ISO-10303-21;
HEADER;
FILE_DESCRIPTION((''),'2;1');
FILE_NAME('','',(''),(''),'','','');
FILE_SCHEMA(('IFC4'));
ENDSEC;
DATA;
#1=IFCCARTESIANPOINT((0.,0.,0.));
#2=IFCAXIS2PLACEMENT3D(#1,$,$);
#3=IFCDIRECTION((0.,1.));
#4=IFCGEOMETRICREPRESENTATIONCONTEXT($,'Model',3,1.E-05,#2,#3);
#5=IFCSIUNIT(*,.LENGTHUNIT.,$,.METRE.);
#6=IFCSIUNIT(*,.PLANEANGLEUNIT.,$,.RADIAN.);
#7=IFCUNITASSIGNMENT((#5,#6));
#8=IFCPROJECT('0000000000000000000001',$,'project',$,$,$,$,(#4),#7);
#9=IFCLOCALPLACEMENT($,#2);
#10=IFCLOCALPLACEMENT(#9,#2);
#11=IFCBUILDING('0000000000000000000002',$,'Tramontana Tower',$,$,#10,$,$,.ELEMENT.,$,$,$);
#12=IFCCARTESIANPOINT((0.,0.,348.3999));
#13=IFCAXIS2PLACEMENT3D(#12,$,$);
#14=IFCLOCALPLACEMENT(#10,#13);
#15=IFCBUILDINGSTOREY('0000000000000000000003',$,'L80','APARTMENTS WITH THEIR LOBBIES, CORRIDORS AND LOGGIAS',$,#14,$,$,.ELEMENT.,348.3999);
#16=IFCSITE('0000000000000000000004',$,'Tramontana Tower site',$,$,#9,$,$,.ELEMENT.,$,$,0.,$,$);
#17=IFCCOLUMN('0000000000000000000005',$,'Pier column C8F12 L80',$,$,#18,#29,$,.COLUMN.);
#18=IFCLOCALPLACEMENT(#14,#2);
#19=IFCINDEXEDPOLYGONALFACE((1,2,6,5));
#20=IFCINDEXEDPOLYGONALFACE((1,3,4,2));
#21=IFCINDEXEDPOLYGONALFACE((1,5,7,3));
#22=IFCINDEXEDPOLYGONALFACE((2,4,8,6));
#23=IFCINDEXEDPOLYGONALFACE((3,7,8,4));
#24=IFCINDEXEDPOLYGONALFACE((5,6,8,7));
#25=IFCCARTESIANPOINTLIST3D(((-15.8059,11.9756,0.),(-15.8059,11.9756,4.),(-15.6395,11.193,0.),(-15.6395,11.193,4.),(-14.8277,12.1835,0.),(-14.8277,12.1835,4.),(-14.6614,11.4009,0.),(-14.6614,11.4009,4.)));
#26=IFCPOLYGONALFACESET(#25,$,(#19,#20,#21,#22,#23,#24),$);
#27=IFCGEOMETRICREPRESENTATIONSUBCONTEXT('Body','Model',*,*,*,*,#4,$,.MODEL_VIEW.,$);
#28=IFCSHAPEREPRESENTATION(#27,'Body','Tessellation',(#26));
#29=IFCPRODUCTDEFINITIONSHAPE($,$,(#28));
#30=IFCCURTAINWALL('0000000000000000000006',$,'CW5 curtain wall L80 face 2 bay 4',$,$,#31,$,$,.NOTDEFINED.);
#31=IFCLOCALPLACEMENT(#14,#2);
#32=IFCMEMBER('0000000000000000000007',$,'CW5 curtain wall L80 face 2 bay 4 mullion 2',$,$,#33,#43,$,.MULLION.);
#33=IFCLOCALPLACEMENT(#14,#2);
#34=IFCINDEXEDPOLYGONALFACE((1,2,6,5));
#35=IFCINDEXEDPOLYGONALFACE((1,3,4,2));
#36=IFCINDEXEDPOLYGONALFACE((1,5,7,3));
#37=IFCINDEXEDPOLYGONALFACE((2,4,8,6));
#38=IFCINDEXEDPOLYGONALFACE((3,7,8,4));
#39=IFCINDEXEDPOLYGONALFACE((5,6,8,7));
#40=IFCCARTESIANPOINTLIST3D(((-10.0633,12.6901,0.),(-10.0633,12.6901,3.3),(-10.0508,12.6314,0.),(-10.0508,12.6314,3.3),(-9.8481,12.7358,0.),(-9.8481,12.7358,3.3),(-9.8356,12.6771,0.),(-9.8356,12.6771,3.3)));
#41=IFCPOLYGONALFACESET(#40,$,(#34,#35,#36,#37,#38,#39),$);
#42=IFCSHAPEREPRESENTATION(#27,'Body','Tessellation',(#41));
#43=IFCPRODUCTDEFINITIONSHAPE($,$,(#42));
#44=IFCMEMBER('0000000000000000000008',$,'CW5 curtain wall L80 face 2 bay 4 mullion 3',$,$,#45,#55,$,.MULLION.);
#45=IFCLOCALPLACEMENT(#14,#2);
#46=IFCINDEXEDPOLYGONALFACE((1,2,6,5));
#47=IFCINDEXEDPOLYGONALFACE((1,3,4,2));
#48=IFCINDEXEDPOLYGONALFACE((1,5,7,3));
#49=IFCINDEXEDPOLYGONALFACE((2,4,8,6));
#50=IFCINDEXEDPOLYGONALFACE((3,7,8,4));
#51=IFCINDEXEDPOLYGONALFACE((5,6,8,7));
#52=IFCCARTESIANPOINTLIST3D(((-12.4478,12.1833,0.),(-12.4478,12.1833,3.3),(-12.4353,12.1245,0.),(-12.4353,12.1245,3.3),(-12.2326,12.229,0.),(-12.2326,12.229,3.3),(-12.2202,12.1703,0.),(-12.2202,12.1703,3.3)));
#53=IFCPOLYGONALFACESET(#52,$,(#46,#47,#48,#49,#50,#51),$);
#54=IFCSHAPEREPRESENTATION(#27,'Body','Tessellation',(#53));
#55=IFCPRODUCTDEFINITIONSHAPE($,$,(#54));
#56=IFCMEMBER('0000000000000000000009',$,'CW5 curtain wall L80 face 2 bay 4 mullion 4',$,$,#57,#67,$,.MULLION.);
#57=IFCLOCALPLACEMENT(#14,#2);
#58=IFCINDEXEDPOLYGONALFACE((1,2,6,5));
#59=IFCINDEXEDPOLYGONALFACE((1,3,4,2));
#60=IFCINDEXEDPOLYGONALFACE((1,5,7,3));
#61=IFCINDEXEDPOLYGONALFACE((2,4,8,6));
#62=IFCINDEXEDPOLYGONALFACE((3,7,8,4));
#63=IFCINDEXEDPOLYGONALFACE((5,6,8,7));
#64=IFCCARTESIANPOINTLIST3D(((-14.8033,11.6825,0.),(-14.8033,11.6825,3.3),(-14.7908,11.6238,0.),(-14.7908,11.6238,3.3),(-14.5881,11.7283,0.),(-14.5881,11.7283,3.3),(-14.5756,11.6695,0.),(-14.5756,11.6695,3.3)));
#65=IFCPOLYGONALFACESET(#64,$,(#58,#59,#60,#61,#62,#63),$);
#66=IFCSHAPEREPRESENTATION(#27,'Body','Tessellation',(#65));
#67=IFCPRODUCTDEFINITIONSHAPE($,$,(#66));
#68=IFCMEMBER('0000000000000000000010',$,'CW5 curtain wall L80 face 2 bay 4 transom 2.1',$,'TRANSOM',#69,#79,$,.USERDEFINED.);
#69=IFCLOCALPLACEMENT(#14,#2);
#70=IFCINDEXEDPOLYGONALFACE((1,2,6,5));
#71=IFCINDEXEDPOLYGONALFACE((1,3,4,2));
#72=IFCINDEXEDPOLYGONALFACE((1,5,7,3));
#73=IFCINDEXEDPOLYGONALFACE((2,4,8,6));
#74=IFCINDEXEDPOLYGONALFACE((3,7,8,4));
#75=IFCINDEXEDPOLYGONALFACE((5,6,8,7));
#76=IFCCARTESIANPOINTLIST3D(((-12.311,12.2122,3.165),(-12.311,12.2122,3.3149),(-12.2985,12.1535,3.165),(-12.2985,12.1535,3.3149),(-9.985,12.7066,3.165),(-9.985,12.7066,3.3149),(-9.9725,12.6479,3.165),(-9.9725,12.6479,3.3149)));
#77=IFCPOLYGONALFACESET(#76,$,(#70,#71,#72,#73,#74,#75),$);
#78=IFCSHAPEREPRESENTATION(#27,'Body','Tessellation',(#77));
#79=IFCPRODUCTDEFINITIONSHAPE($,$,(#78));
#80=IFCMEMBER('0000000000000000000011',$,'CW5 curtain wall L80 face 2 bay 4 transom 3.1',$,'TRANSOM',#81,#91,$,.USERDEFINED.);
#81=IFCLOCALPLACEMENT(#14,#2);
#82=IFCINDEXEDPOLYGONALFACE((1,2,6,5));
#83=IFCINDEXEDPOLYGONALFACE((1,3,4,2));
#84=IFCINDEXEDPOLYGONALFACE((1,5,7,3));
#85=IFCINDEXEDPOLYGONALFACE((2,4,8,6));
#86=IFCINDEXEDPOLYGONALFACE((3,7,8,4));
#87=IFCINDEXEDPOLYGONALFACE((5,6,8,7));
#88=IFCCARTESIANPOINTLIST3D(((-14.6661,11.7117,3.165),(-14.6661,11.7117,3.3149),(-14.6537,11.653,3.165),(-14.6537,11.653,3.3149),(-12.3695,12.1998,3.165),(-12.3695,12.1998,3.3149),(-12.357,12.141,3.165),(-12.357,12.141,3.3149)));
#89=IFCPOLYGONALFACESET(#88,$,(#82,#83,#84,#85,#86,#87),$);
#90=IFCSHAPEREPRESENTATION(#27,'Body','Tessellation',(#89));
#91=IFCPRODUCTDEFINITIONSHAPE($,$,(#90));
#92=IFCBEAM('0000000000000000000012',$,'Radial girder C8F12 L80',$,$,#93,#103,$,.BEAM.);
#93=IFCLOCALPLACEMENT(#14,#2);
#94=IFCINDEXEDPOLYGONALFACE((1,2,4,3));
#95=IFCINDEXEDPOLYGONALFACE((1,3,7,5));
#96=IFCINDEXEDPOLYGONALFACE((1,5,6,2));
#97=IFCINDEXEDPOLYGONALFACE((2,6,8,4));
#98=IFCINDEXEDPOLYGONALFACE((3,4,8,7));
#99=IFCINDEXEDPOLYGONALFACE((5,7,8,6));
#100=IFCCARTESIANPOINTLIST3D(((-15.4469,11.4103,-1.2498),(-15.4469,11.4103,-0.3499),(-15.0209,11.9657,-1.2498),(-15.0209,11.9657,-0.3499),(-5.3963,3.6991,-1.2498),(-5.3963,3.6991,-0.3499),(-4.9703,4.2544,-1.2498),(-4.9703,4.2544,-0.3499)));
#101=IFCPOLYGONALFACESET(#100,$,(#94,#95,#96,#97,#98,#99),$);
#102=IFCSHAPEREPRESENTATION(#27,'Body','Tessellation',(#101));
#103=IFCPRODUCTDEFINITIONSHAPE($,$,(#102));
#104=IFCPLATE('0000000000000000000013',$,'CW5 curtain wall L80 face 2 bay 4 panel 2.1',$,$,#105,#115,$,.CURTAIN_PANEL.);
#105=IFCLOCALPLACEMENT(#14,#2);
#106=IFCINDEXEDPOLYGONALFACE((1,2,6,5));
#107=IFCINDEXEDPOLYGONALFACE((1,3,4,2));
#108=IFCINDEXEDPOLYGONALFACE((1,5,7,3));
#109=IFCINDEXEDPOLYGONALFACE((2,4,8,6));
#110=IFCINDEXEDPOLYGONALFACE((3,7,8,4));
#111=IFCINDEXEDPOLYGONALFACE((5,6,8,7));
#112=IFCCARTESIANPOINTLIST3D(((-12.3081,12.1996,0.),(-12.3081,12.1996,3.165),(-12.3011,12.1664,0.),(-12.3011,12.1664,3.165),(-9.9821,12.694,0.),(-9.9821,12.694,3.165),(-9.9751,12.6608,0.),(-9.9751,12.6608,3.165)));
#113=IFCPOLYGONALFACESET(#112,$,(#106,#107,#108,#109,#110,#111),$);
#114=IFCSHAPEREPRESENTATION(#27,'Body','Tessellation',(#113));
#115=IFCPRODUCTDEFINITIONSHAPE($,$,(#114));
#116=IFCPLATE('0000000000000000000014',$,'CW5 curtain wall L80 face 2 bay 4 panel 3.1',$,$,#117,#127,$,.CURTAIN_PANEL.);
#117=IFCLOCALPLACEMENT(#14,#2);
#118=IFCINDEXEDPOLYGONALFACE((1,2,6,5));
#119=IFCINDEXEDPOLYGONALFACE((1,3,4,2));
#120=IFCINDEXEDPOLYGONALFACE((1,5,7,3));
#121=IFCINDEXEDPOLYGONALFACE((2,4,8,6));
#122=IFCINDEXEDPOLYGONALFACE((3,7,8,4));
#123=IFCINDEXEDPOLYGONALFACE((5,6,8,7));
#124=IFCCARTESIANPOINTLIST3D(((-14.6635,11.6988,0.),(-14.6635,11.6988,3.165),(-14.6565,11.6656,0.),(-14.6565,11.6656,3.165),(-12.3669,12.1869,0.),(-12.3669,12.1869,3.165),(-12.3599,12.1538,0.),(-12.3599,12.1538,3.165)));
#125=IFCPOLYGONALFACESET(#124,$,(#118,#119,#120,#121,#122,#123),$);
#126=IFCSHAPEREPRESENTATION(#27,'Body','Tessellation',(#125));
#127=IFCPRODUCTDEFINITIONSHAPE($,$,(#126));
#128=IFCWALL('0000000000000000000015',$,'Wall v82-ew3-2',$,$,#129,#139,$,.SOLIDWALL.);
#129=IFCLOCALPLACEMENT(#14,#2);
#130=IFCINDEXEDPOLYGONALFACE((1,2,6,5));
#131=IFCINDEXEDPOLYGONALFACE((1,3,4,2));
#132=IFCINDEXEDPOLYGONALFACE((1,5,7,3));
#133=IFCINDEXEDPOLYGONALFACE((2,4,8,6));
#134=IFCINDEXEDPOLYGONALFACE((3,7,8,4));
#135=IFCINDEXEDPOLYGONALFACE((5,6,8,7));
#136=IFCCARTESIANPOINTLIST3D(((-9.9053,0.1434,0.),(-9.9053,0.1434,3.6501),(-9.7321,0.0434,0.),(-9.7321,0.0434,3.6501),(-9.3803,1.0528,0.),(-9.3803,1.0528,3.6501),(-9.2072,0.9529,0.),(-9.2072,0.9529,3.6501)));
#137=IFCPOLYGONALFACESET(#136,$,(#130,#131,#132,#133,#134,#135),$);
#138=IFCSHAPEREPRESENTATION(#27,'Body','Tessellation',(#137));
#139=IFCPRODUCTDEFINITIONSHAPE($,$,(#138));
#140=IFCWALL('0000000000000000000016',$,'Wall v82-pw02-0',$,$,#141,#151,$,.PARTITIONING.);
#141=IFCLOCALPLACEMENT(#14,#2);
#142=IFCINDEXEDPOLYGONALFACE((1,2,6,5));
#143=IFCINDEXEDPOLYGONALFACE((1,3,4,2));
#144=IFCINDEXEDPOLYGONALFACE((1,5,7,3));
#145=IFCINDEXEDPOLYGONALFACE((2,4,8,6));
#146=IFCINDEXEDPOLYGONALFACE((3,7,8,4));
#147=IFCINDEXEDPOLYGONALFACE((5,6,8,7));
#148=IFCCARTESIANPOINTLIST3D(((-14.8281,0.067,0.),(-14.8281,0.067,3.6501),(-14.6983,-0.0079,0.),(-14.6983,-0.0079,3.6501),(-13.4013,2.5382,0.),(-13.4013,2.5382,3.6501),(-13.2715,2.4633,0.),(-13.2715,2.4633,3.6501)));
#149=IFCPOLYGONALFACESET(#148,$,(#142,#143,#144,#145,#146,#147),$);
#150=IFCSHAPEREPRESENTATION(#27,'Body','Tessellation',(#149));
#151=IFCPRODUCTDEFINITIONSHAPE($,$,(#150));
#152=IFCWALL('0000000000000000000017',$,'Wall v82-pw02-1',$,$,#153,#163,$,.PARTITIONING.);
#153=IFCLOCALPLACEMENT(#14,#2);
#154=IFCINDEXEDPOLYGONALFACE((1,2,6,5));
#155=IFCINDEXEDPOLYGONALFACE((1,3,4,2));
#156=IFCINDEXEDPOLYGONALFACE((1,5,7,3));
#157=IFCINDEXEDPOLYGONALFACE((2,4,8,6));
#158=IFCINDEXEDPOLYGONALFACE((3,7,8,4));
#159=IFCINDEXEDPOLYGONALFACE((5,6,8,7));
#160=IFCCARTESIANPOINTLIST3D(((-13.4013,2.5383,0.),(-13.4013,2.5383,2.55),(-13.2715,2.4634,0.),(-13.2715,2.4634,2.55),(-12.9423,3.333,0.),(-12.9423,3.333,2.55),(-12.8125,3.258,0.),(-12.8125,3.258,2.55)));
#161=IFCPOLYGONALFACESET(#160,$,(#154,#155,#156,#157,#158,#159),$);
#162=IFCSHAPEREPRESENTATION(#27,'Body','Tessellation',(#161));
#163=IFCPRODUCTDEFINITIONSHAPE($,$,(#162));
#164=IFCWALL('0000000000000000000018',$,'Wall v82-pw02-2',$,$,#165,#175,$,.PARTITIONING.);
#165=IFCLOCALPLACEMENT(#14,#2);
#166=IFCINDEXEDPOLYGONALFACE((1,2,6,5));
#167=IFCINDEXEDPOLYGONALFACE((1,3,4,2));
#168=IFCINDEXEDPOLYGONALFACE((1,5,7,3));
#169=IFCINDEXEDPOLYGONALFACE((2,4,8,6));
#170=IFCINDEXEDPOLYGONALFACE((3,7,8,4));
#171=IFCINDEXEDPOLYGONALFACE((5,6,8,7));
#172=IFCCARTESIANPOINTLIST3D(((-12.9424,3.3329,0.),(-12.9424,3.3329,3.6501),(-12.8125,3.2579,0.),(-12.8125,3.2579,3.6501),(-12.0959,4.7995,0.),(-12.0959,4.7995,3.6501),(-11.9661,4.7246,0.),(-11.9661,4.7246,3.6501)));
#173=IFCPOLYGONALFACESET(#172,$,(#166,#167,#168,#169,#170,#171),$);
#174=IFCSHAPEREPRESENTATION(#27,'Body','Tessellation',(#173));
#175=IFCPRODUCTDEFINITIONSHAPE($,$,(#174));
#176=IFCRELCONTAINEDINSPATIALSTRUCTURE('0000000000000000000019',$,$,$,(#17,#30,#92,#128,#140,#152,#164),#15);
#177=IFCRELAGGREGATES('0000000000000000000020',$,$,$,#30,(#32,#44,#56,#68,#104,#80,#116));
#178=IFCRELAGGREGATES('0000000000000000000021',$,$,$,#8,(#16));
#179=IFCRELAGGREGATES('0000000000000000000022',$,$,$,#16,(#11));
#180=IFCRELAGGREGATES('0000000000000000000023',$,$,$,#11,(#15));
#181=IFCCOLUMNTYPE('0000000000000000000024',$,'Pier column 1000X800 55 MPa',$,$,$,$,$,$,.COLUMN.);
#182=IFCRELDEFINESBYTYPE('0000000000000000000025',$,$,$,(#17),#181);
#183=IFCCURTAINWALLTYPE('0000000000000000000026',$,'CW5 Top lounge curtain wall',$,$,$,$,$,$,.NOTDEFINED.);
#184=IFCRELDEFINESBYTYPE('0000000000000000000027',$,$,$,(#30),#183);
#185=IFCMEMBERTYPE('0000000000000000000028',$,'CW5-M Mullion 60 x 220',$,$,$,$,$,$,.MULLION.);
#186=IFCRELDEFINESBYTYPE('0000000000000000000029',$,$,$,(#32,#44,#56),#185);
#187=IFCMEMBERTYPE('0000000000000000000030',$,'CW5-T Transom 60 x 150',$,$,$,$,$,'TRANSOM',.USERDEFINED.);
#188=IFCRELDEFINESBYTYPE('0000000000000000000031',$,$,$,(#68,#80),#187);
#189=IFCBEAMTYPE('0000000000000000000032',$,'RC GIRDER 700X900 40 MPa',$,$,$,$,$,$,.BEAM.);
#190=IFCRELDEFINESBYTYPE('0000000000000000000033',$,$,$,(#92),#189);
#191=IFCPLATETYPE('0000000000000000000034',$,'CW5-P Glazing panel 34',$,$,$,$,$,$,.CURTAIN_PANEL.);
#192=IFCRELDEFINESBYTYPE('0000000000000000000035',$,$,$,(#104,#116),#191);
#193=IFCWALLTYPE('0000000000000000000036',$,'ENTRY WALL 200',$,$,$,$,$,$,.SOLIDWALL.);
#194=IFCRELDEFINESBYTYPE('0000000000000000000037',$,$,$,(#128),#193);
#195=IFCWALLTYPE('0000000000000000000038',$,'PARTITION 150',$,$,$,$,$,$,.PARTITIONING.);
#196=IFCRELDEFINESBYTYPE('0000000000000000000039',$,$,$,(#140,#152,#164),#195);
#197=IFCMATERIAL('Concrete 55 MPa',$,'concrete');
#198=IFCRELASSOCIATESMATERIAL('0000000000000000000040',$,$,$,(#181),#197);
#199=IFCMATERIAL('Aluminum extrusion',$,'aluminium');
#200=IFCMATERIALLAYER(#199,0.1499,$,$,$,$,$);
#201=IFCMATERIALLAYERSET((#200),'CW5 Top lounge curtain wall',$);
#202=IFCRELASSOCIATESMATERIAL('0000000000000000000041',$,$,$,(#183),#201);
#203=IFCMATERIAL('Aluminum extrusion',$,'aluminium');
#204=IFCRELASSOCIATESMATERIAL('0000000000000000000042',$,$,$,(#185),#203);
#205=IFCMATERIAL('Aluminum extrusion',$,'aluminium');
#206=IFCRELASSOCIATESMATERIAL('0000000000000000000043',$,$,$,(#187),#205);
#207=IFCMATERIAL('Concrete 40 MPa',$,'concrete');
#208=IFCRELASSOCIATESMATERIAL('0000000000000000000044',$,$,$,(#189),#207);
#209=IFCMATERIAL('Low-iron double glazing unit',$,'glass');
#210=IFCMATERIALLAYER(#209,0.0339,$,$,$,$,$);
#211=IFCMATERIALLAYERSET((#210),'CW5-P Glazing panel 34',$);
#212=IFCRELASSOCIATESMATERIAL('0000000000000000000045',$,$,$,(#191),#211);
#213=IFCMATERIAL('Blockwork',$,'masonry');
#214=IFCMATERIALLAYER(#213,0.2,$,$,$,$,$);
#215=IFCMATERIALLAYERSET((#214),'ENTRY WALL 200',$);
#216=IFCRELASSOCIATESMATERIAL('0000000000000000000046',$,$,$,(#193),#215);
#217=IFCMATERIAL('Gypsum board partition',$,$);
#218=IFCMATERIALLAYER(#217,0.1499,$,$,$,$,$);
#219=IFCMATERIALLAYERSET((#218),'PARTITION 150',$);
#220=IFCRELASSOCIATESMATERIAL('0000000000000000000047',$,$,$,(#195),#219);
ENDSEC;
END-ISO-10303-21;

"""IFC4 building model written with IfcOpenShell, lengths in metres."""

from ifc_helpers import new_model, si_unit, direction, frame, frame_2d, origin, origin_2d, place, context, subcontext, project, spatial, rectangle, extrude, material, layer, layer_set, material_profile, profile_set, type_object, element, aggregate, save


model = new_model("IFC4")

# Units and contexts
model_context = context("Model", 3, precision=1e-05, world=origin(), true_north=direction((0.0, 1.0)))
body_context = subcontext(model_context, "Body", "Model", "MODEL_VIEW")
ifc_project = project(units=[si_unit("LENGTHUNIT", "METRE"), si_unit("PLANEANGLEUNIT", "RADIAN")], contexts=[model_context])

# Site, building, storey
site_placement = place(None, origin())
site = spatial("IfcSite", under=ifc_project, at=site_placement, Name="Tramontana Tower site", CompositionType="ELEMENT", RefElevation=0.0)
building_placement = place(site_placement, origin())
building = spatial("IfcBuilding", under=site, at=building_placement, Name="Tramontana Tower", CompositionType="ELEMENT")
storey_placement = place(building_placement, frame((0.0, 0.0, 348.3999)))
storey = spatial("IfcBuildingStorey", under=building, at=storey_placement, Name="L80", Description="APARTMENTS WITH THEIR LOBBIES, CORRIDORS AND LOGGIAS", CompositionType="ELEMENT", Elevation=348.3999)

# Column
ifc_material_1 = material(Name="Concrete 55 MPa", Category="concrete")
ifc_material_profile_1 = material_profile(ifc_material_1, rectangle(XDim=1.0, YDim=0.8, at=origin_2d()), Name="Pier column 1000X800 55 MPa")
ifc_profile_set_1 = profile_set([ifc_material_profile_1], Name="Concrete 55 MPa")
column_type = type_object("IfcColumnType", Name="Pier column 1000X800 55 MPa", PredefinedType="COLUMN", material=ifc_profile_set_1)
column_placement = place(storey_placement, frame((-15.2336, 11.6882, 0.0), z_axis=(0.0, 0.0, 1.0), x_axis=(-0.978148, -0.207912, 0.0)))
element("IfcColumn", 1, at=column_placement, inside=storey, type_object=column_type, Name="Pier column C8F12 L80", PredefinedType="COLUMN", context=body_context, shape_type="SweptSolid", body=[
    extrude(rectangle(XDim=1.0, YDim=0.8, at=origin_2d()), origin(), (0.0, 0.0, 1.0), 4.0),
])

# Curtain wall, members
ifc_material_2 = material(Name="Aluminum extrusion", Category="aluminium")
ifc_layer_1 = layer(ifc_material_2, 0.1499)
ifc_layer_set_1 = layer_set([ifc_layer_1], Name="CW5 Top lounge curtain wall")
curtain_wall_type = type_object("IfcCurtainWallType", Name="CW5 Top lounge curtain wall", PredefinedType="NOTDEFINED", material=ifc_layer_set_1)
curtain_wall_placement = place(storey_placement, origin())
curtain_wall = element("IfcCurtainWall", 2, at=curtain_wall_placement, inside=storey, type_object=curtain_wall_type, Name="CW5 curtain wall L80 face 2 bay 4", PredefinedType="NOTDEFINED")
ifc_material_3 = material(Name="Aluminum extrusion", Category="aluminium")
ifc_material_profile_2 = material_profile(ifc_material_3, rectangle(XDim=0.0601, YDim=0.22, at=origin_2d()), Name="CW5-M Mullion 60 x 220")
ifc_profile_set_2 = profile_set([ifc_material_profile_2], Name="Aluminum extrusion")
member_type_1 = type_object("IfcMemberType", Name="CW5-M Mullion 60 x 220", PredefinedType="MULLION", material=ifc_profile_set_2)
member_1_placement = place(storey_placement, frame((-9.9495, 12.6836, 0.0), z_axis=(0.0, 0.0, 1.0), x_axis=(0.207912, -0.978148, 0.0)))
member_1 = element("IfcMember", 3, at=member_1_placement, type_object=member_type_1, Name="CW5 curtain wall L80 face 2 bay 4 mullion 2", PredefinedType="MULLION", context=body_context, shape_type="SweptSolid", body=[
    extrude(rectangle(XDim=0.0601, YDim=0.22, at=origin_2d()), origin(), (0.0, 0.0, 1.0), 3.3),
])
member_2_placement = place(storey_placement, frame((-12.334, 12.1768, 0.0), z_axis=(0.0, 0.0, 1.0), x_axis=(0.207912, -0.978148, 0.0)))
member_2 = element("IfcMember", 4, at=member_2_placement, type_object=member_type_1, Name="CW5 curtain wall L80 face 2 bay 4 mullion 3", PredefinedType="MULLION", context=body_context, shape_type="SweptSolid", body=[
    extrude(rectangle(XDim=0.0601, YDim=0.22, at=origin_2d()), origin(), (0.0, 0.0, 1.0), 3.3),
])
member_3_placement = place(storey_placement, frame((-14.6895, 11.676, 0.0), z_axis=(0.0, 0.0, 1.0), x_axis=(0.207912, -0.978148, 0.0)))
member_3 = element("IfcMember", 5, at=member_3_placement, type_object=member_type_1, Name="CW5 curtain wall L80 face 2 bay 4 mullion 4", PredefinedType="MULLION", context=body_context, shape_type="SweptSolid", body=[
    extrude(rectangle(XDim=0.0601, YDim=0.22, at=origin_2d()), origin(), (0.0, 0.0, 1.0), 3.3),
])
ifc_material_4 = material(Name="Aluminum extrusion", Category="aluminium")
ifc_material_profile_3 = material_profile(ifc_material_4, rectangle(XDim=0.0601, YDim=0.1499, at=origin_2d()), Name="CW5-T Transom 60 x 150")
ifc_profile_set_3 = profile_set([ifc_material_profile_3], Name="Aluminum extrusion")
member_type_2 = type_object("IfcMemberType", Name="CW5-T Transom 60 x 150", ElementType="TRANSOM", PredefinedType="USERDEFINED", material=ifc_profile_set_3)
member_4_placement = place(storey_placement, frame((-9.9788, 12.6772, 3.24), z_axis=(-0.978148, -0.207909, 0.0), x_axis=(0.207909, -0.978148, 0.0)))
member_4 = element("IfcMember", 6, at=member_4_placement, type_object=member_type_2, Name="CW5 curtain wall L80 face 2 bay 4 transom 2.1", ObjectType="TRANSOM", PredefinedType="USERDEFINED", context=body_context, shape_type="SweptSolid", body=[
    extrude(rectangle(XDim=0.0601, YDim=0.1499, at=origin_2d()), origin(), (0.0, 0.0, 1.0), 2.3779),
])
member_5_placement = place(storey_placement, frame((-12.3633, 12.1704, 3.24), z_axis=(-0.978159, -0.20786, 0.0), x_axis=(0.20786, -0.978159, 0.0)))
member_5 = element("IfcMember", 7, at=member_5_placement, type_object=member_type_2, Name="CW5 curtain wall L80 face 2 bay 4 transom 3.1", ObjectType="TRANSOM", PredefinedType="USERDEFINED", context=body_context, shape_type="SweptSolid", body=[
    extrude(rectangle(XDim=0.0601, YDim=0.1499, at=origin_2d()), origin(), (0.0, 0.0, 1.0), 2.3479),
])

# Beam
ifc_material_5 = material(Name="Concrete 40 MPa", Category="concrete")
ifc_material_profile_4 = material_profile(ifc_material_5, rectangle(XDim=0.7, YDim=0.8999, at=origin_2d()), Name="RC GIRDER 700X900 40 MPa")
ifc_profile_set_4 = profile_set([ifc_material_profile_4], Name="Concrete 40 MPa")
beam_type = type_object("IfcBeamType", Name="RC GIRDER 700X900 40 MPa", PredefinedType="BEAM", material=ifc_profile_set_4)
beam_placement = place(storey_placement, frame((-15.2339, 11.688, -0.7998), z_axis=(0.793386, -0.608718, 0.0), x_axis=(0.608718, 0.793386, 0.0)))
element("IfcBeam", 8, at=beam_placement, inside=storey, type_object=beam_type, Name="Radial girder C8F12 L80", PredefinedType="BEAM", context=body_context, shape_type="SweptSolid", body=[
    extrude(rectangle(XDim=0.7, YDim=0.8999, at=origin_2d()), origin(), (0.0, 0.0, 1.0), 12.668),
])

# Plates
ifc_material_6 = material(Name="Low-iron double glazing unit", Category="glass")
ifc_layer_2 = layer(ifc_material_6, 0.0339)
ifc_layer_set_2 = layer_set([ifc_layer_2], Name="CW5-P Glazing panel 34")
plate_type = type_object("IfcPlateType", Name="CW5-P Glazing panel 34", PredefinedType="CURTAIN_PANEL", material=ifc_layer_set_2)
plate_1_placement = place(storey_placement, frame((-11.1416, 12.4302, 0.0), z_axis=(0.0, 0.0, 1.0), x_axis=(-0.978148, -0.207912, 0.0)))
plate_1 = element("IfcPlate", 9, at=plate_1_placement, type_object=plate_type, Name="CW5 curtain wall L80 face 2 bay 4 panel 2.1", PredefinedType="CURTAIN_PANEL", context=body_context, shape_type="SweptSolid", body=[
    extrude(rectangle(XDim=2.3779, YDim=0.0339, at=origin_2d()), origin(), (0.0, 0.0, 1.0), 3.165),
])
plate_2_placement = place(storey_placement, frame((-13.5117, 11.9263, 0.0), z_axis=(0.0, 0.0, 1.0), x_axis=(-0.978148, -0.207912, 0.0)))
plate_2 = element("IfcPlate", 10, at=plate_2_placement, type_object=plate_type, Name="CW5 curtain wall L80 face 2 bay 4 panel 3.1", PredefinedType="CURTAIN_PANEL", context=body_context, shape_type="SweptSolid", body=[
    extrude(rectangle(XDim=2.3479, YDim=0.0339, at=origin_2d()), origin(), (0.0, 0.0, 1.0), 3.165),
])
aggregate(curtain_wall, [member_1, member_2, member_3, member_4, plate_1, member_5, plate_2])

# Wall
ifc_material_7 = material(Name="Blockwork", Category="masonry")
ifc_layer_3 = layer(ifc_material_7, 0.2)
ifc_layer_set_3 = layer_set([ifc_layer_3], Name="ENTRY WALL 200")
wall_type_1 = type_object("IfcWallType", Name="ENTRY WALL 200", PredefinedType="SOLIDWALL", material=ifc_layer_set_3)
wall_1_placement = place(storey_placement, frame((-9.8186, 0.0935, 0.0), z_axis=(0.0, 0.0, 1.0), x_axis=(0.49989, 0.866089, 0.0)))
element("IfcWall", 11, at=wall_1_placement, inside=storey, type_object=wall_type_1, Name="Wall v82-ew3-2", PredefinedType="SOLIDWALL", context=body_context, shape_type="SweptSolid", body=[
    extrude(rectangle(XDim=1.05, YDim=0.2, at=frame_2d((0.5249, 0.0))), origin(), (0.0, 0.0, 1.0), 3.6501),
])

# Walls
ifc_material_8 = material(Name="Gypsum board partition")
ifc_layer_4 = layer(ifc_material_8, 0.1499)
ifc_layer_set_4 = layer_set([ifc_layer_4], Name="PARTITION 150")
wall_type_2 = type_object("IfcWallType", Name="PARTITION 150", PredefinedType="PARTITIONING", material=ifc_layer_set_4)
wall_2_placement = place(storey_placement, frame((-14.7632, 0.0295, 0.0), z_axis=(0.0, 0.0, 1.0), x_axis=(0.500004, 0.866023, 0.0)))
element("IfcWall", 12, at=wall_2_placement, inside=storey, type_object=wall_type_2, Name="Wall v82-pw02-0", PredefinedType="PARTITIONING", context=body_context, shape_type="SweptSolid", body=[
    extrude(rectangle(XDim=2.8535, YDim=0.1499, at=frame_2d((1.4268, 0.0))), origin(), (0.0, 0.0, 1.0), 3.6501),
])
wall_3_placement = place(storey_placement, frame((-13.3364, 2.5007, 0.0), z_axis=(0.0, 0.0, 1.0), x_axis=(0.500145, 0.865942, 0.0)))
element("IfcWall", 13, at=wall_3_placement, inside=storey, type_object=wall_type_2, Name="Wall v82-pw02-1", PredefinedType="PARTITIONING", context=body_context, shape_type="SweptSolid", body=[
    extrude(rectangle(XDim=0.9177, YDim=0.1499, at=frame_2d((0.459, 0.0))), origin(), (0.0, 0.0, 1.0), 2.55),
])
wall_4_placement = place(storey_placement, frame((-12.8774, 3.2954, 0.0), z_axis=(0.0, 0.0, 1.0), x_axis=(0.499876, 0.866097, 0.0)))
element("IfcWall", 14, at=wall_4_placement, inside=storey, type_object=wall_type_2, Name="Wall v82-pw02-2", PredefinedType="PARTITIONING", context=body_context, shape_type="SweptSolid", body=[
    extrude(rectangle(XDim=1.6934, YDim=0.1499, at=frame_2d((0.8467, 0.0))), origin(), (0.0, 0.0, 1.0), 3.6501),
])

save(model, "model.ifc")
